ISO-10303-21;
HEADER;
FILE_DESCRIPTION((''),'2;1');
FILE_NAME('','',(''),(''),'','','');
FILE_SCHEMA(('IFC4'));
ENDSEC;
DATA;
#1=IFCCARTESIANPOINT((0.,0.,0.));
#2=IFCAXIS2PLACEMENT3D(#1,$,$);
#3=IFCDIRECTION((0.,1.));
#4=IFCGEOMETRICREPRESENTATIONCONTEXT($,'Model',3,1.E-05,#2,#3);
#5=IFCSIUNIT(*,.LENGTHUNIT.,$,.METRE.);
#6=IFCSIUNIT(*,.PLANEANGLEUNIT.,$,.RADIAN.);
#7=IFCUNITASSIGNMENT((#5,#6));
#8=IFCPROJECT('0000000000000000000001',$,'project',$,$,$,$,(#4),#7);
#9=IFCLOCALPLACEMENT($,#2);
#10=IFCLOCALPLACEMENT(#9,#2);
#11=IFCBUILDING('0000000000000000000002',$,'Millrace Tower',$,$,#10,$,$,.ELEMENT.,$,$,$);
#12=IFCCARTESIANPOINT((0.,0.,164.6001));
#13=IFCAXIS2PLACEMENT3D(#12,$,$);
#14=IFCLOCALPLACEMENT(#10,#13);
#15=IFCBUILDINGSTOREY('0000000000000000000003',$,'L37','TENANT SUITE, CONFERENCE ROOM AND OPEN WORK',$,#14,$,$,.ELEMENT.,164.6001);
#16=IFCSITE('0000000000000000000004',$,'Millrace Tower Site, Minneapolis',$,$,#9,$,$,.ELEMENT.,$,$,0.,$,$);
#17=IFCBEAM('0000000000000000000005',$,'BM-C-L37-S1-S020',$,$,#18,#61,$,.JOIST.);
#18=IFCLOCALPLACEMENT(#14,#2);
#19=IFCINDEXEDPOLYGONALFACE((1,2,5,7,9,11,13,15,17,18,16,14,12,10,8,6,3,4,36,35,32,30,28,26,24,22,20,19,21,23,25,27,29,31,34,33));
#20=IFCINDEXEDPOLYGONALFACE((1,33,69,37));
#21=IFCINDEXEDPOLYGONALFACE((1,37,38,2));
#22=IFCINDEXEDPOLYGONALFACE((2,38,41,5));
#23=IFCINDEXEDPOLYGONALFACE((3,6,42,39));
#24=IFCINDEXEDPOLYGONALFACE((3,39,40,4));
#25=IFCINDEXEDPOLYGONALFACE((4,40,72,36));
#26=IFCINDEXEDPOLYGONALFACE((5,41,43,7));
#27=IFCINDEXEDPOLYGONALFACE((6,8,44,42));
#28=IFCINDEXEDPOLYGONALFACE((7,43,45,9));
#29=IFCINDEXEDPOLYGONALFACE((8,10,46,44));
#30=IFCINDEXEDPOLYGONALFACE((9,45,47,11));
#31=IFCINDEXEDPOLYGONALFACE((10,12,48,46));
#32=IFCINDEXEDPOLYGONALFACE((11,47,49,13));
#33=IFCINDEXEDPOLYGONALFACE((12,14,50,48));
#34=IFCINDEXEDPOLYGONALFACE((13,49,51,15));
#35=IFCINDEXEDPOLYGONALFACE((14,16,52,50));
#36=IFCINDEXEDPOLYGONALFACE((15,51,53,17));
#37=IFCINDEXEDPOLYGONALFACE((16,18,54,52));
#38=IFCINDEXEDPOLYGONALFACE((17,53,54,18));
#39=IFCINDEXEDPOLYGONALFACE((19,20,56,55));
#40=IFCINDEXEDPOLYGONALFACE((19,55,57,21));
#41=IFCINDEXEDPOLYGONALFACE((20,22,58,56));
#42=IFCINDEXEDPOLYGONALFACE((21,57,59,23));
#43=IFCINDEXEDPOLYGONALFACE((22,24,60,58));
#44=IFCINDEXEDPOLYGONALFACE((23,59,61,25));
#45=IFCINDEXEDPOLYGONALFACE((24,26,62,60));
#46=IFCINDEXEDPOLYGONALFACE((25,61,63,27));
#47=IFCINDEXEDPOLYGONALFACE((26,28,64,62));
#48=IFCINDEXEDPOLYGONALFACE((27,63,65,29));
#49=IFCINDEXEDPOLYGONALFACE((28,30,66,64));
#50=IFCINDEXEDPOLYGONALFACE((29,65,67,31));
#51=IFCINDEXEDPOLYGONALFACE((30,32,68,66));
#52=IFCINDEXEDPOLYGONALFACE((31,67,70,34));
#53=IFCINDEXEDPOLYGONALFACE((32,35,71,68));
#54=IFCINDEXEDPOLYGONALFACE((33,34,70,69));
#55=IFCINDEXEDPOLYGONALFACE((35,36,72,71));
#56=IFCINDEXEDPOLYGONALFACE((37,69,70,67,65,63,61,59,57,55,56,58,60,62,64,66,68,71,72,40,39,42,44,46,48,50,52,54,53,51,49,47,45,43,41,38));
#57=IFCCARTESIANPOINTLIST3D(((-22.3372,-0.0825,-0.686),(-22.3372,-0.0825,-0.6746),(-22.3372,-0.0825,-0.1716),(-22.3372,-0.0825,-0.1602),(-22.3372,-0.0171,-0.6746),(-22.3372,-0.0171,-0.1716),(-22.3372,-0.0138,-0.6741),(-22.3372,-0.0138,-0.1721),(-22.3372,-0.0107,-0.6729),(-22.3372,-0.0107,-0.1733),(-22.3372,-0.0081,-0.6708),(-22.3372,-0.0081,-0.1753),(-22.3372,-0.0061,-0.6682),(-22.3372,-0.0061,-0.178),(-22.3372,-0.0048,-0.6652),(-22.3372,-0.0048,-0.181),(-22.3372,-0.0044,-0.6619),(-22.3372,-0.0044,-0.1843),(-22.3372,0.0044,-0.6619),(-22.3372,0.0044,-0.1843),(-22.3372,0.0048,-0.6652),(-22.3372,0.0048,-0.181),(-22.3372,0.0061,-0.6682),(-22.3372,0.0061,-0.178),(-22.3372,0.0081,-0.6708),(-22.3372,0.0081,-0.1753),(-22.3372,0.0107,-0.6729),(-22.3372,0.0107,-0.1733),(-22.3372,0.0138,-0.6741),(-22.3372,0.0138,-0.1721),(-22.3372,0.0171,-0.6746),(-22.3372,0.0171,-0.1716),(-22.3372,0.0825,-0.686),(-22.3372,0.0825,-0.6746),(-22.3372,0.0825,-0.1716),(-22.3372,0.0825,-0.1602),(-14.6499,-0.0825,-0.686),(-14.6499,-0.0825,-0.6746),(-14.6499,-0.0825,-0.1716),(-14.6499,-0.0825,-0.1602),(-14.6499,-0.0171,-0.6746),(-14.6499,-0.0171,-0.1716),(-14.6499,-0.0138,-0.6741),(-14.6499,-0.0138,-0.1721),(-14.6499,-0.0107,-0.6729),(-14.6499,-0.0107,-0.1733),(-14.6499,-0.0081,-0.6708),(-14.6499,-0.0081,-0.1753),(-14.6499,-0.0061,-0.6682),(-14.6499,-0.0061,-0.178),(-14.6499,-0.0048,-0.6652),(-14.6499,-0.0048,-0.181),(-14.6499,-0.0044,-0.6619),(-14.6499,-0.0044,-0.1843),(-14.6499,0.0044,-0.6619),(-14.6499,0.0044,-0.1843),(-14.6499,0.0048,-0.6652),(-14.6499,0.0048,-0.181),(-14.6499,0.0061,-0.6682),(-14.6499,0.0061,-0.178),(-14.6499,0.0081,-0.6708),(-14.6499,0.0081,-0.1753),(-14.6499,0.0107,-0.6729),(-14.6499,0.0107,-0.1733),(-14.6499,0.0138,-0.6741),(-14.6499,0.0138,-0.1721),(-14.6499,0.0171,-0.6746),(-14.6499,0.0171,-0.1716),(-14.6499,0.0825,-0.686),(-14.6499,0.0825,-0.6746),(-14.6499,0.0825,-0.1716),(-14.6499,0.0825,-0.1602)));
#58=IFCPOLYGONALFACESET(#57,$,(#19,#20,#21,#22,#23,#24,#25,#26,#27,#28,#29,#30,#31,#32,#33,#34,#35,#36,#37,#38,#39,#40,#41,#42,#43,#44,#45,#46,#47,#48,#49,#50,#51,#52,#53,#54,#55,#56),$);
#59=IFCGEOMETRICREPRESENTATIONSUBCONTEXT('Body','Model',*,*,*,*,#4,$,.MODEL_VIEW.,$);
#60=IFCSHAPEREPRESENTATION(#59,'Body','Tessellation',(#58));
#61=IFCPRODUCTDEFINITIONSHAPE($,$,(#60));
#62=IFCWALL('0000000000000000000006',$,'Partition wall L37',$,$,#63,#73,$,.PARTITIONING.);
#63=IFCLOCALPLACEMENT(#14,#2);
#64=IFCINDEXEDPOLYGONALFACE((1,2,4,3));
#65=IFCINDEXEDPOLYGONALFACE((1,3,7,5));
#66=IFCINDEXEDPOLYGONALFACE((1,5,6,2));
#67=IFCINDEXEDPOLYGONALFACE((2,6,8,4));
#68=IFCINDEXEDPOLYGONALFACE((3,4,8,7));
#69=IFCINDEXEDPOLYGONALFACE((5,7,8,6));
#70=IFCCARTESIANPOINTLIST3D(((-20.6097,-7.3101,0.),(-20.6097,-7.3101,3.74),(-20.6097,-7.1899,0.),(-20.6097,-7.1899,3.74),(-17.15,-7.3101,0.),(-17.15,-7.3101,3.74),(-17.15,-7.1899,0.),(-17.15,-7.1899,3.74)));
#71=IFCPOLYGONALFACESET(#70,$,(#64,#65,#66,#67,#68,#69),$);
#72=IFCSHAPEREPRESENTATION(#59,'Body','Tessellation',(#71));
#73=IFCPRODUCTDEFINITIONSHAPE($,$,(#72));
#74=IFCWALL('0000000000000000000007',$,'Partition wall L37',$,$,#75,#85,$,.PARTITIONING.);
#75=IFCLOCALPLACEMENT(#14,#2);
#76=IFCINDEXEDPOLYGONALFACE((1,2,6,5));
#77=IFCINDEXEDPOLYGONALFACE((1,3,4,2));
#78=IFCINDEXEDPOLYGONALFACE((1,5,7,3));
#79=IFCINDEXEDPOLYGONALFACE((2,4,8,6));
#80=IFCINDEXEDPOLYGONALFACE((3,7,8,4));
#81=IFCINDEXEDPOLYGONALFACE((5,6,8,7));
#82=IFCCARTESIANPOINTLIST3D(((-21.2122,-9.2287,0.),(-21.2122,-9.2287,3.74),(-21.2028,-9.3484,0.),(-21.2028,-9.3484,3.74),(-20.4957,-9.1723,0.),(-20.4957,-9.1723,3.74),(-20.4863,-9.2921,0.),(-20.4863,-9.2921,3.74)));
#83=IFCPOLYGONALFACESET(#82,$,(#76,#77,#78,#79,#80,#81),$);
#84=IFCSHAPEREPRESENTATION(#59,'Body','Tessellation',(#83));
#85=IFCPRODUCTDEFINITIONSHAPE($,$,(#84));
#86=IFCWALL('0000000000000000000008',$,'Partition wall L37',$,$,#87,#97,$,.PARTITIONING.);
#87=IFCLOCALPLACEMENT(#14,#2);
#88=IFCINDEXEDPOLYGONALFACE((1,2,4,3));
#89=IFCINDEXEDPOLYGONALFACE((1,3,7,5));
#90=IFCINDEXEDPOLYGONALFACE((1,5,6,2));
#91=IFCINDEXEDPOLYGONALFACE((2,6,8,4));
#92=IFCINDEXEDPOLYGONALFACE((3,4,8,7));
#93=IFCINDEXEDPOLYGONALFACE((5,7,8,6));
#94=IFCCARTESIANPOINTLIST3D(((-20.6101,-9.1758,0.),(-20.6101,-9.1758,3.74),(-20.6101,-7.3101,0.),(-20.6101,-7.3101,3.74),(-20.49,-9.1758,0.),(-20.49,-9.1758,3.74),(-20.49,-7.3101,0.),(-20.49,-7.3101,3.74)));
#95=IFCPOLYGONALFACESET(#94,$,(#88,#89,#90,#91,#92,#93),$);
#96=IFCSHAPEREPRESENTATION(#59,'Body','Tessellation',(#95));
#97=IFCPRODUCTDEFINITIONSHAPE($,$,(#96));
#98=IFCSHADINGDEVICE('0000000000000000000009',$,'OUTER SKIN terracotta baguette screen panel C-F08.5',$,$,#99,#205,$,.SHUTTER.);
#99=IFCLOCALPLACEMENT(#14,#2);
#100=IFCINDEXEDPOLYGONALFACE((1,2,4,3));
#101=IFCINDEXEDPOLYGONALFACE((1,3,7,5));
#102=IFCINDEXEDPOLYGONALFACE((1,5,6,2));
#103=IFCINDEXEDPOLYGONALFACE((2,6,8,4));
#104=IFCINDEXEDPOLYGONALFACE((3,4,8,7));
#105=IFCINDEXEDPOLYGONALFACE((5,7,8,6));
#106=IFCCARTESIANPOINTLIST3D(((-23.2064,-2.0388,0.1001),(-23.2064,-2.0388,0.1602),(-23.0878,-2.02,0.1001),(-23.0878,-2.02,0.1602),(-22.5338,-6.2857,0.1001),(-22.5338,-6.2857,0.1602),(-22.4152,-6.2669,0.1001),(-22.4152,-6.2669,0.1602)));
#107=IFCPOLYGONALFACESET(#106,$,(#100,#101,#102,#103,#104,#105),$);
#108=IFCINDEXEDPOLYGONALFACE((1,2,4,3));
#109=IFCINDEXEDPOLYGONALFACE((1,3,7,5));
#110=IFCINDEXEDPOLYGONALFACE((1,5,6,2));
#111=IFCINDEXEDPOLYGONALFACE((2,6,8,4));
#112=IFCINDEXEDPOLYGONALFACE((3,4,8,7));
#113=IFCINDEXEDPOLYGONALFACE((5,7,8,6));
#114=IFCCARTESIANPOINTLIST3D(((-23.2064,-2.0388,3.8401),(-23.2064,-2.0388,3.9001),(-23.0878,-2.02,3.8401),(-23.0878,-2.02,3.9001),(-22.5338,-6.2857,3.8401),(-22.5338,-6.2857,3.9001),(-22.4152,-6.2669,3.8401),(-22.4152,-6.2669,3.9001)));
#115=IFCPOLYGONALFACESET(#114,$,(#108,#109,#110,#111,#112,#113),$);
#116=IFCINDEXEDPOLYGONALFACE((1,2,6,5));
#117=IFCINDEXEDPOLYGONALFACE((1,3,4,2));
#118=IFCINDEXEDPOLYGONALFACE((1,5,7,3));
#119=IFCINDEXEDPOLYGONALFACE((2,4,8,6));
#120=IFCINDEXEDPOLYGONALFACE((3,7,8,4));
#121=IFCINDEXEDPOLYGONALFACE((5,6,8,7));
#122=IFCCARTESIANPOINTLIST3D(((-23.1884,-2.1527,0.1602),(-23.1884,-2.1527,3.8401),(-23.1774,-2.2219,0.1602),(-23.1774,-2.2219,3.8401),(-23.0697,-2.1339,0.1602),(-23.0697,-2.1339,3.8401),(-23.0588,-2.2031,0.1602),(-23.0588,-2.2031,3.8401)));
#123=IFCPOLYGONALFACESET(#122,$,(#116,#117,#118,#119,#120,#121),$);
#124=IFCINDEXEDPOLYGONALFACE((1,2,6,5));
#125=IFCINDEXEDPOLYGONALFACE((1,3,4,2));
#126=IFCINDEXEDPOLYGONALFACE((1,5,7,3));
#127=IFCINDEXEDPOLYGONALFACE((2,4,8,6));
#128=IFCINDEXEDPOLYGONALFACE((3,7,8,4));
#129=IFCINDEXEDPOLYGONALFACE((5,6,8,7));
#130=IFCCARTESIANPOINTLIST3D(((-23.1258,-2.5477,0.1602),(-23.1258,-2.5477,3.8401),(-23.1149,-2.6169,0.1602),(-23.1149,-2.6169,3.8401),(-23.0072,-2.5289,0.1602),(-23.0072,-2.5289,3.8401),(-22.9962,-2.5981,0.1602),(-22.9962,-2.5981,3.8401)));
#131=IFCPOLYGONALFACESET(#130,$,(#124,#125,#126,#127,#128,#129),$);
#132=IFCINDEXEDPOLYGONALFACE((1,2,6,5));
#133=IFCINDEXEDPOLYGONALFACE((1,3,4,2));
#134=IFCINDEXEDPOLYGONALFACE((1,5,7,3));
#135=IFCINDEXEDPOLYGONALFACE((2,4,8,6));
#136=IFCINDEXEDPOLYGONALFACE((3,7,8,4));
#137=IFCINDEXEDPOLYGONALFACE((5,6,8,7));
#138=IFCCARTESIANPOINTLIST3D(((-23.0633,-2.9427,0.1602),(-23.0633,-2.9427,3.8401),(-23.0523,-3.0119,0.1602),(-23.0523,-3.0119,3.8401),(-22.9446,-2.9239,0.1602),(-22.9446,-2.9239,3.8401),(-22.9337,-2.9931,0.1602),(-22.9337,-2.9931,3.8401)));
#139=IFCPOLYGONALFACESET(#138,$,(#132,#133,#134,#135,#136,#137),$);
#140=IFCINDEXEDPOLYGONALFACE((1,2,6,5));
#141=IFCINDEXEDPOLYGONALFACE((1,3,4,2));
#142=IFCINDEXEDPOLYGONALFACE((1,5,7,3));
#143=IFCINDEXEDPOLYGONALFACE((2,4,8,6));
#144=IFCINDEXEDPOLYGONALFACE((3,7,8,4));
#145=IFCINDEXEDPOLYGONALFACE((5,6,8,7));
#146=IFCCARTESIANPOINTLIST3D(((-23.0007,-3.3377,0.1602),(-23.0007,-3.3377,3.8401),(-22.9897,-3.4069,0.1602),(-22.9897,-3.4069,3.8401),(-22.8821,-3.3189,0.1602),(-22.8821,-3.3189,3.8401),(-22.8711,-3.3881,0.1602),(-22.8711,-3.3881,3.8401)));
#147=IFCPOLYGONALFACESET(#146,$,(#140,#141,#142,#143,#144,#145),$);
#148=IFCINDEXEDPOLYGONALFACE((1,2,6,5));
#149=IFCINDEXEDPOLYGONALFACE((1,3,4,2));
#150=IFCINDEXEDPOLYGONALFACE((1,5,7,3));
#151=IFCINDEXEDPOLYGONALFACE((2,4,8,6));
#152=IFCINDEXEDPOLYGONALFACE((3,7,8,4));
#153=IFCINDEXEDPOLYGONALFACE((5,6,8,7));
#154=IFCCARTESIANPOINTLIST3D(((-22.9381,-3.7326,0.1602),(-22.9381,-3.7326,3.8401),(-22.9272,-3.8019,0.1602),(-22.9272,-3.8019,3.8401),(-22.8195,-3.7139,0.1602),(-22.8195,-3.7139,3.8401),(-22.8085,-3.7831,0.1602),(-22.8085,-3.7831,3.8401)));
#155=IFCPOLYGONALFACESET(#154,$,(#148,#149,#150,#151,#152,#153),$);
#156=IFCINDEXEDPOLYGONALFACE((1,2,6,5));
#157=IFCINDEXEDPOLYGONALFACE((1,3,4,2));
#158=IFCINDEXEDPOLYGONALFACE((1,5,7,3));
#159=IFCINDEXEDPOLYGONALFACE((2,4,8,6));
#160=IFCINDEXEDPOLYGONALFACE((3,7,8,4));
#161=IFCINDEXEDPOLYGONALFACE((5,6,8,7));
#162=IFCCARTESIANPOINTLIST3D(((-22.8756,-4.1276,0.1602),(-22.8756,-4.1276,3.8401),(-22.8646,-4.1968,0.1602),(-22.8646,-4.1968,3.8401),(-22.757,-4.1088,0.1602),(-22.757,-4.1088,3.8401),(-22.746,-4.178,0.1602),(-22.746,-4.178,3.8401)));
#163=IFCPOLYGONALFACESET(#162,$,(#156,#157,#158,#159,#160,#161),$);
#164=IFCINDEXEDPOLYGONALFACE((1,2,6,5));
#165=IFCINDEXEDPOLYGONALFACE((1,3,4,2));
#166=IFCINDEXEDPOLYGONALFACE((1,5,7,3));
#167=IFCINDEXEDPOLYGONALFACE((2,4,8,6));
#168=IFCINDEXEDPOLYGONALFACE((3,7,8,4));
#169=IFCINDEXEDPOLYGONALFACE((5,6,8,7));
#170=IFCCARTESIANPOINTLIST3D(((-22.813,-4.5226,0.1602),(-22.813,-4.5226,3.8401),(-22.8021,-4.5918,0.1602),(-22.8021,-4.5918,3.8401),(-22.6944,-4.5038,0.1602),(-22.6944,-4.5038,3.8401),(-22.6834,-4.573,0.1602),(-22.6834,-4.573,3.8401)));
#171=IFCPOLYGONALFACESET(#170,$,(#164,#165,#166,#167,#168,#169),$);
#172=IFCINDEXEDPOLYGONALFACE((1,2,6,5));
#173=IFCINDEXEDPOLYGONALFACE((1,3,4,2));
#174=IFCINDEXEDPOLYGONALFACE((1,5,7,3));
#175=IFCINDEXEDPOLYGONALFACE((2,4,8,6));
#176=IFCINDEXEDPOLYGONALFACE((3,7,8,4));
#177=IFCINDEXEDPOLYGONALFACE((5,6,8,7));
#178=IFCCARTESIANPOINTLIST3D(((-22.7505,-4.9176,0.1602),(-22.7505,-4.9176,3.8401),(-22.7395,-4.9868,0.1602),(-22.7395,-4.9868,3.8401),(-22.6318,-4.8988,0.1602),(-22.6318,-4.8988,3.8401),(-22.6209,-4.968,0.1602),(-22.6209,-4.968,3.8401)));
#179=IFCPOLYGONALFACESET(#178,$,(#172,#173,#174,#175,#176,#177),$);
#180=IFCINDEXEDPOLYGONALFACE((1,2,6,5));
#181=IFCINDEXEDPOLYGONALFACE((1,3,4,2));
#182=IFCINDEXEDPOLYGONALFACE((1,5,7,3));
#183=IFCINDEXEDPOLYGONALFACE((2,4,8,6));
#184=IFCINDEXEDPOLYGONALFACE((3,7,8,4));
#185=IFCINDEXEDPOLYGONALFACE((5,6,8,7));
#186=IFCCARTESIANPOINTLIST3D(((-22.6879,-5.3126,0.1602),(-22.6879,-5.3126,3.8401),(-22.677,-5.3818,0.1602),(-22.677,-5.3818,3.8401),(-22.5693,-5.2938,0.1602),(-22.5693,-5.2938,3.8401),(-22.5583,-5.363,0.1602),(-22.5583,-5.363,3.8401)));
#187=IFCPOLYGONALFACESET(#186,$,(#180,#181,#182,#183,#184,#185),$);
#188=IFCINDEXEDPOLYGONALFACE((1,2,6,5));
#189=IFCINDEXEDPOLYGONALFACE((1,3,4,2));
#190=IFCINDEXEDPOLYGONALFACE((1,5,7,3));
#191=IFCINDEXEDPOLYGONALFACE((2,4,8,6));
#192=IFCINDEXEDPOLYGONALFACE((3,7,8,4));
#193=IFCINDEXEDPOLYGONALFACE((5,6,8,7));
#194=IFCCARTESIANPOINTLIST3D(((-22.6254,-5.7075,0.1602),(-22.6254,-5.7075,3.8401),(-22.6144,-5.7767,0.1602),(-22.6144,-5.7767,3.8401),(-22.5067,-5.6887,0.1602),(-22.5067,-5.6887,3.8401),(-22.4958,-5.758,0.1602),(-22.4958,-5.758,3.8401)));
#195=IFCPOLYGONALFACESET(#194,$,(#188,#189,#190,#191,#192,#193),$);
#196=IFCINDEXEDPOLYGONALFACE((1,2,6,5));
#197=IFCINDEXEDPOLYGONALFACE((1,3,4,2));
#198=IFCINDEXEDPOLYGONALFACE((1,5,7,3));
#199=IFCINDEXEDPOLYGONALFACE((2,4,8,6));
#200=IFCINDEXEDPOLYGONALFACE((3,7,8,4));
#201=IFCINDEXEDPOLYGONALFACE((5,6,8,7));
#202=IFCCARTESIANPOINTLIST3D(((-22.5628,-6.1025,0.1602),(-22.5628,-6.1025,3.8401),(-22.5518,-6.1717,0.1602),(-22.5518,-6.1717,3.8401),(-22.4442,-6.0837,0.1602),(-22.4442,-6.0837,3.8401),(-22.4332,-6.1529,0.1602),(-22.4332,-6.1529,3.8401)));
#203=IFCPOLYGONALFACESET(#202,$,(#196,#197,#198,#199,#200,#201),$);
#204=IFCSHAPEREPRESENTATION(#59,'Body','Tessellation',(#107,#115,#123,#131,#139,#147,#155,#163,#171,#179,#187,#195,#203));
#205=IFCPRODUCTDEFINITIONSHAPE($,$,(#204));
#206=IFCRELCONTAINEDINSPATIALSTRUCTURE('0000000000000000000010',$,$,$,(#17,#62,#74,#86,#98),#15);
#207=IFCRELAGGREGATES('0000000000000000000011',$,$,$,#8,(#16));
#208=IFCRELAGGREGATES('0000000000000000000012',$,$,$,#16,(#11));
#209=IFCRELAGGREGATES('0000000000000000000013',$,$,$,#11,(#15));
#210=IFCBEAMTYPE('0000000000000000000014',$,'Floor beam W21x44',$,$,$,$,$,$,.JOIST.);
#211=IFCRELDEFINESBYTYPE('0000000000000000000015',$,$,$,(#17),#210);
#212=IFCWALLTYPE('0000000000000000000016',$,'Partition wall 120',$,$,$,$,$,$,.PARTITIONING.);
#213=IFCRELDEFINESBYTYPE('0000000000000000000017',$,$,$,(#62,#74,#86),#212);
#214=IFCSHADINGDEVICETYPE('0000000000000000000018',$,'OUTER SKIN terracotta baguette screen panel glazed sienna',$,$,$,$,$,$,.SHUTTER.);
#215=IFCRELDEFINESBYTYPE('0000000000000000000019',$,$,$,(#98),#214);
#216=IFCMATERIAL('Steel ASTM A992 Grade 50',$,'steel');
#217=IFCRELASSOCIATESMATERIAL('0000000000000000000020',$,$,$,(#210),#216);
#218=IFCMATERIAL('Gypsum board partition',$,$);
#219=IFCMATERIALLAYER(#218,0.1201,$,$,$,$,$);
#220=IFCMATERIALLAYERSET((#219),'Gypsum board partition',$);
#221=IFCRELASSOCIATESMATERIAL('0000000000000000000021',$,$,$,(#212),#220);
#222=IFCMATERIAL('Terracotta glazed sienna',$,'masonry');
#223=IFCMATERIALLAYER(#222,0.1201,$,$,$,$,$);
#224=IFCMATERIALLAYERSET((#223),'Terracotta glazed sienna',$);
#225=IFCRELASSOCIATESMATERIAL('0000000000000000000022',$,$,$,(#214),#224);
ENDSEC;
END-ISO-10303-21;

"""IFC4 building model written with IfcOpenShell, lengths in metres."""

from ifc_helpers import new_model, entity, si_unit, direction, frame, frame_2d, origin, origin_2d, place, context, subcontext, project, spatial, rectangle, i_section, extrude, source, transform, mapped, material, layer, layer_set, material_profile, profile_set, type_object, element, save


model = new_model("IFC4")

# Units and contexts
model_context = context("Model", 3, precision=1e-05, world=origin(), true_north=direction((0.0, 1.0)))
body_context = subcontext(model_context, "Body", "Model", "MODEL_VIEW")
ifc_project = project(units=[si_unit("LENGTHUNIT", "METRE"), si_unit("PLANEANGLEUNIT", "RADIAN")], contexts=[model_context])

# Site, building, storey
site_placement = place(None, origin())
site = spatial("IfcSite", under=ifc_project, at=site_placement, Name="Millrace Tower Site, Minneapolis", CompositionType="ELEMENT", RefElevation=0.0)
building_placement = place(site_placement, origin())
building = spatial("IfcBuilding", under=site, at=building_placement, Name="Millrace Tower", CompositionType="ELEMENT")
storey_placement = place(building_placement, frame((0.0, 0.0, 164.6001)))
storey = spatial("IfcBuildingStorey", under=building, at=storey_placement, Name="L37", Description="TENANT SUITE, CONFERENCE ROOM AND OPEN WORK", CompositionType="ELEMENT", Elevation=164.6001)

# Beam
ifc_material_1 = material(Name="Steel ASTM A992 Grade 50", Category="steel")
ifc_material_profile_1 = material_profile(ifc_material_1, i_section(OverallWidth=0.165, OverallDepth=0.5259, WebThickness=0.0088, FlangeThickness=0.0115, FilletRadius=0.0127, at=origin_2d()))
ifc_profile_set_1 = profile_set([ifc_material_profile_1], Name="Steel ASTM A992 Grade 50")
beam_type = type_object("IfcBeamType", Name="Floor beam W21x44", PredefinedType="JOIST", material=ifc_profile_set_1)
beam_1_placement = place(storey_placement, frame((-22.3372, 0.0, -0.4231), z_axis=(1.0, 0.0, 0.0), x_axis=(0.0, 1.0, 0.0)))
element("IfcBeam", 1, at=beam_1_placement, inside=storey, type_object=beam_type, Name="BM-C-L37-S1-S020", PredefinedType="JOIST", context=body_context, shape_type="SweptSolid", body=[
    extrude(i_section(OverallWidth=0.165, OverallDepth=0.5259, WebThickness=0.0088, FlangeThickness=0.0115, FilletRadius=0.0127, at=origin_2d()), origin(), (0.0, 0.0, 1.0), 7.6873),
])

# Walls
ifc_material_2 = material(Name="Gypsum board partition")
ifc_layer_1 = layer(ifc_material_2, 0.1201)
ifc_layer_set_1 = layer_set([ifc_layer_1], Name="Gypsum board partition")
wall_type = type_object("IfcWallType", Name="Partition wall 120", PredefinedType="PARTITIONING", material=ifc_layer_set_1)
wall_1_placement = place(storey_placement, frame((-20.6099, -7.25, 0.0), z_axis=(0.0, 0.0, 1.0), x_axis=(1.0, 0.0, 0.0)))
element("IfcWall", 2, at=wall_1_placement, inside=storey, type_object=wall_type, Name="Partition wall L37", PredefinedType="PARTITIONING", context=body_context, shape_type="SweptSolid", body=[
    extrude(rectangle(XDim=3.4597, YDim=0.1201, at=frame_2d((1.73, 0.0))), origin(), (0.0, 0.0, 1.0), 3.74),
])
wall_2_placement = place(storey_placement, frame((-21.2075, -9.2886, 0.0), z_axis=(0.0, 0.0, 1.0), x_axis=(0.996917, 0.078463, 0.0)))
element("IfcWall", 3, at=wall_2_placement, inside=storey, type_object=wall_type, Name="Partition wall L37", PredefinedType="PARTITIONING", context=body_context, shape_type="SweptSolid", body=[
    extrude(rectangle(XDim=0.7188, YDim=0.1201, at=frame_2d((0.3594, 0.0))), origin(), (0.0, 0.0, 1.0), 3.74),
])
wall_3_placement = place(storey_placement, frame((-20.55, -9.1758, 0.0), z_axis=(0.0, 0.0, 1.0), x_axis=(0.0, 1.0, 0.0)))
element("IfcWall", 4, at=wall_3_placement, inside=storey, type_object=wall_type, Name="Partition wall L37", PredefinedType="PARTITIONING", context=body_context, shape_type="SweptSolid", body=[
    extrude(rectangle(XDim=1.8657, YDim=0.1201, at=frame_2d((0.9329, 0.0))), origin(), (0.0, 0.0, 1.0), 3.74),
])

# Shading device
ifc_material_3 = material(Name="Terracotta glazed sienna", Category="masonry")
ifc_layer_2 = layer(ifc_material_3, 0.1201)
ifc_layer_set_2 = layer_set([ifc_layer_2], Name="Terracotta glazed sienna")
shading_device_type = type_object("IfcShadingDeviceType", Name="OUTER SKIN terracotta baguette screen panel glazed sienna", PredefinedType="SHUTTER", material=ifc_layer_set_2)
cartesian_point = entity("IfcCartesianPoint", [-2.1499, 0.0601])
shared_polyline = entity("IfcPolyline", [cartesian_point, entity("IfcCartesianPoint", [2.1499, 0.0601]), entity("IfcCartesianPoint", [2.1499, -0.0601]), entity("IfcCartesianPoint", [-2.1499, -0.0601]), cartesian_point])
shared_shape = source(origin(), body_context, "Body", "SweptSolid", [
    entity("IfcExtrudedAreaSolid", entity("IfcArbitraryClosedProfileDef", "AREA", None, shared_polyline), entity("IfcAxis2Placement3D", entity("IfcCartesianPoint", [0.0, 0.0, 0.0])), entity("IfcDirection", [0.0, 0.0, 1.0]), 0.0601),
    entity("IfcExtrudedAreaSolid", entity("IfcArbitraryClosedProfileDef", "AREA", None, shared_polyline), entity("IfcAxis2Placement3D", entity("IfcCartesianPoint", [0.0, 0.0, 3.74])), entity("IfcDirection", [0.0, 0.0, 1.0]), 0.0601),
    extrude(rectangle(XDim=0.0701, YDim=0.1201, at=frame_2d((-1.9995, 0.0))), frame((0.0, 0.0, 0.0601)), (0.0, 0.0, 1.0), 3.6799),
    extrude(rectangle(XDim=0.0701, YDim=0.1201, at=frame_2d((-1.5996, 0.0))), frame((0.0, 0.0, 0.0601)), (0.0, 0.0, 1.0), 3.6799),
    extrude(rectangle(XDim=0.0701, YDim=0.1201, at=frame_2d((-1.1997, 0.0))), frame((0.0, 0.0, 0.0601)), (0.0, 0.0, 1.0), 3.6799),
    extrude(rectangle(XDim=0.0701, YDim=0.1201, at=frame_2d((-0.7998, 0.0))), frame((0.0, 0.0, 0.0601)), (0.0, 0.0, 1.0), 3.6799),
    extrude(rectangle(XDim=0.0701, YDim=0.1201, at=frame_2d((-0.3999, 0.0))), frame((0.0, 0.0, 0.0601)), (0.0, 0.0, 1.0), 3.6799),
    extrude(rectangle(XDim=0.0701, YDim=0.1201, at=origin_2d()), frame((0.0, 0.0, 0.0601)), (0.0, 0.0, 1.0), 3.6799),
    extrude(rectangle(XDim=0.0701, YDim=0.1201, at=frame_2d((0.3999, 0.0))), frame((0.0, 0.0, 0.0601)), (0.0, 0.0, 1.0), 3.6799),
    extrude(rectangle(XDim=0.0701, YDim=0.1201, at=frame_2d((0.7998, 0.0))), frame((0.0, 0.0, 0.0601)), (0.0, 0.0, 1.0), 3.6799),
    extrude(rectangle(XDim=0.0701, YDim=0.1201, at=frame_2d((1.1997, 0.0))), frame((0.0, 0.0, 0.0601)), (0.0, 0.0, 1.0), 3.6799),
    extrude(rectangle(XDim=0.0701, YDim=0.1201, at=frame_2d((1.5996, 0.0))), frame((0.0, 0.0, 0.0601)), (0.0, 0.0, 1.0), 3.6799),
    extrude(rectangle(XDim=0.0701, YDim=0.1201, at=frame_2d((1.9995, 0.0))), frame((0.0, 0.0, 0.0601)), (0.0, 0.0, 1.0), 3.6799),
])
for number, where, z_axis, x_axis, name in (
    (5, (-22.8108, -4.1528, 0.1001), (0.0, 0.0, 1.0), (0.156434, -0.987688, 0.0), "OUTER SKIN terracotta baguette screen panel C-F08.5"),
):
    element("IfcShadingDevice", number, at=place(storey_placement, frame(where, z_axis=z_axis, x_axis=x_axis)), inside=storey, type_object=shading_device_type, Name=name, PredefinedType="SHUTTER", context=body_context, shape_type="MappedRepresentation", body=[
        mapped(shared_shape, transform((0.0, 0.0, 0.0), scale=1.0)),
    ])

save(model, "model.ifc")
